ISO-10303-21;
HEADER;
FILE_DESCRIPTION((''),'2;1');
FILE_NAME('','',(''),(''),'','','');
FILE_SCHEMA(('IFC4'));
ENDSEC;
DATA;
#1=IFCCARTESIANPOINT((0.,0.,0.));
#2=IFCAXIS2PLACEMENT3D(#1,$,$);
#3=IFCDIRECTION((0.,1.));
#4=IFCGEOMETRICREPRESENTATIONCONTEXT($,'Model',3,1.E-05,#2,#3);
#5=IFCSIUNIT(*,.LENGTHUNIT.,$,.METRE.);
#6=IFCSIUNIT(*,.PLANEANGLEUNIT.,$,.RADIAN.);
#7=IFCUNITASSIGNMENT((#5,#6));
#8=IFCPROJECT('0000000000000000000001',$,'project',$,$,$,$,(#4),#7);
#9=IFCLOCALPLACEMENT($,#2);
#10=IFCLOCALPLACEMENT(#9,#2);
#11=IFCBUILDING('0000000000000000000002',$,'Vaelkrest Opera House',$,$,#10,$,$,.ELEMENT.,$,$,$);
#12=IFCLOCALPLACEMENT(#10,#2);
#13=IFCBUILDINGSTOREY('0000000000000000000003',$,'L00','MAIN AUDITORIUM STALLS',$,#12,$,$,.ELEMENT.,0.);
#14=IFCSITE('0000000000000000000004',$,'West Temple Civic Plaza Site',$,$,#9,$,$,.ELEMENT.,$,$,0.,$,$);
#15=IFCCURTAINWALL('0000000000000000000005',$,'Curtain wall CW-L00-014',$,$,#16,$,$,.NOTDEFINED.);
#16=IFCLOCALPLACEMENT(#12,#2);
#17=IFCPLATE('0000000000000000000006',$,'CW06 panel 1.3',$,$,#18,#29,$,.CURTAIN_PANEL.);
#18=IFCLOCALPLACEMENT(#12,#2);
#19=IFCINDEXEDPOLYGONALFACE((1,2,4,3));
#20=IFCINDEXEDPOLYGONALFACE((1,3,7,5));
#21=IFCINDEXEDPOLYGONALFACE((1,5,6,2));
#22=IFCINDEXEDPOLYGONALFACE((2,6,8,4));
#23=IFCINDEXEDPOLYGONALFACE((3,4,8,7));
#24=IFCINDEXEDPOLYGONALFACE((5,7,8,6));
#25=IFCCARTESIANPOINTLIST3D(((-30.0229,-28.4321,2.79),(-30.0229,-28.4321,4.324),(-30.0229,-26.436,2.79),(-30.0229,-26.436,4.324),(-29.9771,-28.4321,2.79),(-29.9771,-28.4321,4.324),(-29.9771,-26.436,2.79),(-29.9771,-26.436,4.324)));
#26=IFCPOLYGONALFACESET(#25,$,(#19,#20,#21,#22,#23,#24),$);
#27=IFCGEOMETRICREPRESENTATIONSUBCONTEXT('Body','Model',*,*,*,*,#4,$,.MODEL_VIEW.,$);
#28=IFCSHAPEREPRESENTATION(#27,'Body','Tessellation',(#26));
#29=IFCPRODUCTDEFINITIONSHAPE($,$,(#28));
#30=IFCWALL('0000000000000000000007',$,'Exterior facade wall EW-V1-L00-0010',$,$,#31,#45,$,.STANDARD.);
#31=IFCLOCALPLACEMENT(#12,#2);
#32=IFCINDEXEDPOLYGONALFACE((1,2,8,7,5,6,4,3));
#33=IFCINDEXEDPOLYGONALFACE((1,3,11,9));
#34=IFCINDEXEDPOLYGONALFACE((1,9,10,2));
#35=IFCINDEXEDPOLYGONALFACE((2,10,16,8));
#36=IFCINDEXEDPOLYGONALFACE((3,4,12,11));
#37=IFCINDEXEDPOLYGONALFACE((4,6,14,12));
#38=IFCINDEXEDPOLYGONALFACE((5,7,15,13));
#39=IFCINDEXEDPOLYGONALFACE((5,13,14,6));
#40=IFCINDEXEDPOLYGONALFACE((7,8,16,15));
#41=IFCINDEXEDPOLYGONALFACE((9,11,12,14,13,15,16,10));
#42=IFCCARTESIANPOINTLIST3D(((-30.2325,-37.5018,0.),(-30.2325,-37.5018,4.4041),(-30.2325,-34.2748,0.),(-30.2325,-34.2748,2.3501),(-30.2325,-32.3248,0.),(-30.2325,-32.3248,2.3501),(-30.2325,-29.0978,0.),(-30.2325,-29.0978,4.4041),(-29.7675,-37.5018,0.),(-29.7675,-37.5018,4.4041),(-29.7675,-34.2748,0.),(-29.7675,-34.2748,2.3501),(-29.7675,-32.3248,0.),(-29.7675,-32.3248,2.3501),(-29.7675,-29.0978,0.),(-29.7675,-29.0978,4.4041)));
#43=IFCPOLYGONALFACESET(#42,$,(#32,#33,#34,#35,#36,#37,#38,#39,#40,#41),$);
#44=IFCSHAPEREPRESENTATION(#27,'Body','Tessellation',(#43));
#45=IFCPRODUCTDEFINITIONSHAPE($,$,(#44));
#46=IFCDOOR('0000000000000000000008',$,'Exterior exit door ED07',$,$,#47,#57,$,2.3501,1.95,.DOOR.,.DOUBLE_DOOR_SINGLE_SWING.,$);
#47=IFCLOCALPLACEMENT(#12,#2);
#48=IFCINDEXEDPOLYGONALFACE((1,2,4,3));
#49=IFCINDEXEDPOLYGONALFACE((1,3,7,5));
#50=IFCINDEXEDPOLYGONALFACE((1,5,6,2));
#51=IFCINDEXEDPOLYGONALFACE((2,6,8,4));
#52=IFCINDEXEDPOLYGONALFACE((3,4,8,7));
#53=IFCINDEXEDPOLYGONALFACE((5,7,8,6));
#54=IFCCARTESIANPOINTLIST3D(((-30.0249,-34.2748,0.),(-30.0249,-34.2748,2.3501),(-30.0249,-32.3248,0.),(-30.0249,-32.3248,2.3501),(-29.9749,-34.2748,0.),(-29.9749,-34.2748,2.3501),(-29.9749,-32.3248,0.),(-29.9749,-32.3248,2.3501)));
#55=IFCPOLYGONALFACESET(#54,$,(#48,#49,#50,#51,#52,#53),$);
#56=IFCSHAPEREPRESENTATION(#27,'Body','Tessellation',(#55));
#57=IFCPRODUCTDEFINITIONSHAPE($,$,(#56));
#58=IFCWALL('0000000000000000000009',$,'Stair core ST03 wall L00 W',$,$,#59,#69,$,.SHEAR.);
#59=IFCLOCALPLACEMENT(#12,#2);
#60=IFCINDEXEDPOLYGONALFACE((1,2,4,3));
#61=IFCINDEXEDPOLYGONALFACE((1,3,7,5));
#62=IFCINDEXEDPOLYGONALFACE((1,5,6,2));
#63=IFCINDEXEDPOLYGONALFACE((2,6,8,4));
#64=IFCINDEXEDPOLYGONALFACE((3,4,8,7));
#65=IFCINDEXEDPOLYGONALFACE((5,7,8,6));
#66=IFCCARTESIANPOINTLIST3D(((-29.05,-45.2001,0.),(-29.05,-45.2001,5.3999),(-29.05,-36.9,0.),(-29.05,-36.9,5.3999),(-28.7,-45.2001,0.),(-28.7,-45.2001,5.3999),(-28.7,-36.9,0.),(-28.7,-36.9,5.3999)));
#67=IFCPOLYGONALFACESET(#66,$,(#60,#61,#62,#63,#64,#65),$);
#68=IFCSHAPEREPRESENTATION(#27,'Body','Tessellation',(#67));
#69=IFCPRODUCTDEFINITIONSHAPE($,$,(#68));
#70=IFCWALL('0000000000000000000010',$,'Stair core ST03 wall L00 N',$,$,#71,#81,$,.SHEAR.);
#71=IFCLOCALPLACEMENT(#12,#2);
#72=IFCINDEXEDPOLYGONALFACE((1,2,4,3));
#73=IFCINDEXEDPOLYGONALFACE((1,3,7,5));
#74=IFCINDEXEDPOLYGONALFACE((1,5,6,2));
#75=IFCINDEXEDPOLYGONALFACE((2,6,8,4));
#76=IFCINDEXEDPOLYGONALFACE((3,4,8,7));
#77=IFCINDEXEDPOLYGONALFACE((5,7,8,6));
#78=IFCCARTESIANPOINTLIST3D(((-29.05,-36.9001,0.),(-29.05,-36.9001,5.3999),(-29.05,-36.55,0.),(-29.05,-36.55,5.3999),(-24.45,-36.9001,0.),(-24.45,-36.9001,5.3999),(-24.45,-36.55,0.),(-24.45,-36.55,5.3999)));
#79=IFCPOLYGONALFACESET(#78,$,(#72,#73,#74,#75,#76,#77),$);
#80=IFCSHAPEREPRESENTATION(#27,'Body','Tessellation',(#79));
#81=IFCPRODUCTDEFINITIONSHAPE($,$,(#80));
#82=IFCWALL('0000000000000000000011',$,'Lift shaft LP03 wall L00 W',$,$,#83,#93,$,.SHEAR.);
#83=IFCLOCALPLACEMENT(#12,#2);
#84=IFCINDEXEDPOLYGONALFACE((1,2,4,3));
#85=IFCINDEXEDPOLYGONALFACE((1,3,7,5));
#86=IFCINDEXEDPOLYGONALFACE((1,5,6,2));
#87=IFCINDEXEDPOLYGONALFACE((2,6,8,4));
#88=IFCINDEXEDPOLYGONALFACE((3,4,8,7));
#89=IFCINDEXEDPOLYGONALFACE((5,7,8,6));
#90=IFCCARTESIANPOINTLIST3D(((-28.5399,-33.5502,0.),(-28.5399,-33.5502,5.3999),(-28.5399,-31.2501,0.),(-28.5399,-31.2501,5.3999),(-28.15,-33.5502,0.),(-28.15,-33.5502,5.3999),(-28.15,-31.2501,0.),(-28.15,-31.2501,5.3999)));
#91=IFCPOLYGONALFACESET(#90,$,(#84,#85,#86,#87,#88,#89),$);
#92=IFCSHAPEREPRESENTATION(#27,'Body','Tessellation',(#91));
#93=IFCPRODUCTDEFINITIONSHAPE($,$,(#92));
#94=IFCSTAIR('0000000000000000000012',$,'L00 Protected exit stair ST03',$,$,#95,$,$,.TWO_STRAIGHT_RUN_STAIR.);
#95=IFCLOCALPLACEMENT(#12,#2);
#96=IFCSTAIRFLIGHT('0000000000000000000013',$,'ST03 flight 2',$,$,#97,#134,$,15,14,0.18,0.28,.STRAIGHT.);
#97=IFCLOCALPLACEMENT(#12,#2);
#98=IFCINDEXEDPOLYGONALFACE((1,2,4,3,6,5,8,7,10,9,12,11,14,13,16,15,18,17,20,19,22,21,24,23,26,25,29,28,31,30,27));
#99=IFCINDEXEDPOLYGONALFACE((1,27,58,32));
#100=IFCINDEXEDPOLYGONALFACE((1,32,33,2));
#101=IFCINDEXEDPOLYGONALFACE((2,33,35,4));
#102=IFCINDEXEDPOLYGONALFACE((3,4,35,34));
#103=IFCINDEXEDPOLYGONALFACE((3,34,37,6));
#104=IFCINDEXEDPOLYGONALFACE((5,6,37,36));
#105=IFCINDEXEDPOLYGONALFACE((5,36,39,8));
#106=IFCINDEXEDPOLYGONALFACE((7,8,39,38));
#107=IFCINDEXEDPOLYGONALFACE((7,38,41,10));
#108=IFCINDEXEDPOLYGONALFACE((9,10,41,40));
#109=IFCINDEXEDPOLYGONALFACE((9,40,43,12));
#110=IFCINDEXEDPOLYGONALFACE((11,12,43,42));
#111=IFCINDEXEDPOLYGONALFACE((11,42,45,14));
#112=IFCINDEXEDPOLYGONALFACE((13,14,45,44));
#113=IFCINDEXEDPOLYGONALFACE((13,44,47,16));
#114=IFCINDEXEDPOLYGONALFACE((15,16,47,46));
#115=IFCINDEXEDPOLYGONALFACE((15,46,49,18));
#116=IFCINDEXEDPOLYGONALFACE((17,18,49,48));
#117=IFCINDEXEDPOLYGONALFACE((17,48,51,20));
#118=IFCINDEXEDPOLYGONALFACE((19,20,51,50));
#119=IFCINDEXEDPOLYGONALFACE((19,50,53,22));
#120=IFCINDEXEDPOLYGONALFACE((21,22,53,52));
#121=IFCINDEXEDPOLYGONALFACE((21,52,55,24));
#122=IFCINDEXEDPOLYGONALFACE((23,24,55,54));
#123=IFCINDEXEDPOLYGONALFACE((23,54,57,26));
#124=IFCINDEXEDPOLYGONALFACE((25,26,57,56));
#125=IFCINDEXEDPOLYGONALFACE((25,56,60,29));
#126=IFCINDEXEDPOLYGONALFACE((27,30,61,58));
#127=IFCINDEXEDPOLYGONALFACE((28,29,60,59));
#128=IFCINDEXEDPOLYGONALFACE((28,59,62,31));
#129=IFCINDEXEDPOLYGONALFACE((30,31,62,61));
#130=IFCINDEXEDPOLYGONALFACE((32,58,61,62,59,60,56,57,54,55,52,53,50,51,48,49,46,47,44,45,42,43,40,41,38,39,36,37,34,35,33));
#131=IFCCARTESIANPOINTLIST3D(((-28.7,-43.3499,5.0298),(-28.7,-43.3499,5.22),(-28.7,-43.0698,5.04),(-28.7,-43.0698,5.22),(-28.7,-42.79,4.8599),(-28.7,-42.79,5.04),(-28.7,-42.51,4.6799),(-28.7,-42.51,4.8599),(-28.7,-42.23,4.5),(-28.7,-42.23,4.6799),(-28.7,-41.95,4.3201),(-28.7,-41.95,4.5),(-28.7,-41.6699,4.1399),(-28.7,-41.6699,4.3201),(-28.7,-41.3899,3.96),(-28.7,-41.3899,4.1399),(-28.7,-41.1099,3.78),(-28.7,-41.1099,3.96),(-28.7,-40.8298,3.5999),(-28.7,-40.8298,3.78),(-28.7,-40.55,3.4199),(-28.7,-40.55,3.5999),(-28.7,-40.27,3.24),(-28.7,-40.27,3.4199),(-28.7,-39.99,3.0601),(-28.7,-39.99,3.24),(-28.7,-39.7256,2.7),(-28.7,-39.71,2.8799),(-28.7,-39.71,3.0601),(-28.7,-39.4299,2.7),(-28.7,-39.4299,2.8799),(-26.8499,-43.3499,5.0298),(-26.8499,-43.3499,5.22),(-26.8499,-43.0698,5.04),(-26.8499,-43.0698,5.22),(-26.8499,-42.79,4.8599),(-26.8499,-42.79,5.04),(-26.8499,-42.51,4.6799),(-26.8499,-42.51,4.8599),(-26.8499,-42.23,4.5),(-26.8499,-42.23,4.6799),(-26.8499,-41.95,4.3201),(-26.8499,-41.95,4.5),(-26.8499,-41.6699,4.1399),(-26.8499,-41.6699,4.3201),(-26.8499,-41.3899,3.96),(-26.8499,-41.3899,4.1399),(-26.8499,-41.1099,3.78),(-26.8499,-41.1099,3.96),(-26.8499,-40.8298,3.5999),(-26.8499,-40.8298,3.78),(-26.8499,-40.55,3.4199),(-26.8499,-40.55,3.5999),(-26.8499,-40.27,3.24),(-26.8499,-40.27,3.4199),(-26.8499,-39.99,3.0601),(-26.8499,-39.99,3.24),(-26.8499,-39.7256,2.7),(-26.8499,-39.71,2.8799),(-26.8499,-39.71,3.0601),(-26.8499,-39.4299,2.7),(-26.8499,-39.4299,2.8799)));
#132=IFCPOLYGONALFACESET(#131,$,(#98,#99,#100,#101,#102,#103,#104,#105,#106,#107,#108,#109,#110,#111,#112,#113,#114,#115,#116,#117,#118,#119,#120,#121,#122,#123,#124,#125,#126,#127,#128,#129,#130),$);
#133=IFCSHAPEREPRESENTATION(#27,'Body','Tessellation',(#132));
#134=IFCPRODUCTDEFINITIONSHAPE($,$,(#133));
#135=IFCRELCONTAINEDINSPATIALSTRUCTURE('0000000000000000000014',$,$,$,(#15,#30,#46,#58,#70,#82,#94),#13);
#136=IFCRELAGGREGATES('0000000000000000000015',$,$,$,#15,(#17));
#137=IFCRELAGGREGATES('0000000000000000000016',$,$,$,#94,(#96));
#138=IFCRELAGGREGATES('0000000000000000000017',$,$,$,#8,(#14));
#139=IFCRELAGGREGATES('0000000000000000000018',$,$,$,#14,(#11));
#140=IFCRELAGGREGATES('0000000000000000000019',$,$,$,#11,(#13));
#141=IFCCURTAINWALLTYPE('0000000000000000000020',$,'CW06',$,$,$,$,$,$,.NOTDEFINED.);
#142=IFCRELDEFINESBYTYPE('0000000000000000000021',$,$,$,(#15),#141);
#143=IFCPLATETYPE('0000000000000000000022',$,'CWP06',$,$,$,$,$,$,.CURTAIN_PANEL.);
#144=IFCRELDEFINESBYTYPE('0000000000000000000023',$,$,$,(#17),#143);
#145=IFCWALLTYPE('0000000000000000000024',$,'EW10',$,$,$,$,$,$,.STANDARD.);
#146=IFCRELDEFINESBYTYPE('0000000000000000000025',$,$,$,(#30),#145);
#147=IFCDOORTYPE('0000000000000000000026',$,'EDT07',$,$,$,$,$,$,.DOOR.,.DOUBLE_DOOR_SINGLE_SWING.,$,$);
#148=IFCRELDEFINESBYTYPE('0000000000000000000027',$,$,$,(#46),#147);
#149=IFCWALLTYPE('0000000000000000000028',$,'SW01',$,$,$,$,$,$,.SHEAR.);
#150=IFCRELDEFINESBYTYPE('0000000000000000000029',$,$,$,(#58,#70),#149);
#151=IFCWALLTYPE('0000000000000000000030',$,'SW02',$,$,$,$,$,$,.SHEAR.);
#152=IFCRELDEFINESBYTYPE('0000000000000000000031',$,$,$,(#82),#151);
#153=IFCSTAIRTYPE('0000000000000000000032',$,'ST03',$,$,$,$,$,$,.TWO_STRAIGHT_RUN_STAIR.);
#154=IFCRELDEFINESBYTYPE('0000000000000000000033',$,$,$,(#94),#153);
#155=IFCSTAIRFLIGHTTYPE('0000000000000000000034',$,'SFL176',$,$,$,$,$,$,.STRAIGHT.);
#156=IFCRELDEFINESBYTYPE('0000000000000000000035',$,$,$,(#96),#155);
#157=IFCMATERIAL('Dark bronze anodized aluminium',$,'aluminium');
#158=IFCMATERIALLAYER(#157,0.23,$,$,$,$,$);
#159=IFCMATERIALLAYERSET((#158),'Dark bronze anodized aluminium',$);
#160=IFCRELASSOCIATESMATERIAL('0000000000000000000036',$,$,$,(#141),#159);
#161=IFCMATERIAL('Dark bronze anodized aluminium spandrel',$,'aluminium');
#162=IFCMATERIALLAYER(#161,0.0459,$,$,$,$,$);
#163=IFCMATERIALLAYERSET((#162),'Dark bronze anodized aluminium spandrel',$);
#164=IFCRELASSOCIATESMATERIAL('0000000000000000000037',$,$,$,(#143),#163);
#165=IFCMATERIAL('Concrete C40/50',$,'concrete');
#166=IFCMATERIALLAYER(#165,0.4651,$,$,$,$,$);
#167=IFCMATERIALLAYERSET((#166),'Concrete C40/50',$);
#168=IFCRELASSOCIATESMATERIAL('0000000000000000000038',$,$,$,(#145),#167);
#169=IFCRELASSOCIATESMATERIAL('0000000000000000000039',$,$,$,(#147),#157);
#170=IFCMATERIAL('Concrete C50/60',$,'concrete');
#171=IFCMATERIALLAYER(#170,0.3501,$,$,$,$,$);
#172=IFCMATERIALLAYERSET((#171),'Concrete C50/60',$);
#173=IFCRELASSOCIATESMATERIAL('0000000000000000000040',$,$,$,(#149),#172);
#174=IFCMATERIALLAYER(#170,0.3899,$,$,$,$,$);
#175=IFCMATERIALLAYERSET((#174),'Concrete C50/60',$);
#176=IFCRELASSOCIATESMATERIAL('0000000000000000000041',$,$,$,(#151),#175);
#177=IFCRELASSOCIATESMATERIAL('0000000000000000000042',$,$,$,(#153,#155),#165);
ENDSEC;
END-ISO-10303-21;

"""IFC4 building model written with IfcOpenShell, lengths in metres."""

from ifc_helpers import new_model, si_unit, direction, frame, frame_2d, origin, origin_2d, place, context, subcontext, project, spatial, polyline, rectangle, outline, extrude, material, layer, layer_set, type_object, element, fill, aggregate, save


model = new_model("IFC4")

# Units and contexts
model_context = context("Model", 3, precision=1e-05, world=origin(), true_north=direction((0.0, 1.0)))
body_context = subcontext(model_context, "Body", "Model", "MODEL_VIEW")
ifc_project = project(units=[si_unit("LENGTHUNIT", "METRE"), si_unit("PLANEANGLEUNIT", "RADIAN")], contexts=[model_context])

# Site, building, storey
site_placement = place(None, origin())
site = spatial("IfcSite", under=ifc_project, at=site_placement, Name="West Temple Civic Plaza Site", CompositionType="ELEMENT", RefElevation=0.0)
building_placement = place(site_placement, origin())
building = spatial("IfcBuilding", under=site, at=building_placement, Name="Vaelkrest Opera House", CompositionType="ELEMENT")
storey_placement = place(building_placement, origin())
storey = spatial("IfcBuildingStorey", under=building, at=storey_placement, Name="L00", Description="MAIN AUDITORIUM STALLS", CompositionType="ELEMENT", Elevation=0.0)

# Shared definitions
ifc_material_1 = material(Name="Concrete C50/60", Category="concrete")

# Curtain wall
ifc_material_2 = material(Name="Dark bronze anodized aluminium", Category="aluminium")
ifc_layer_1 = layer(ifc_material_2, 0.23)
ifc_layer_set_1 = layer_set([ifc_layer_1], Name="Dark bronze anodized aluminium")
curtain_wall_type = type_object("IfcCurtainWallType", Name="CW06", PredefinedType="NOTDEFINED", material=ifc_layer_set_1)
curtain_wall_placement = place(storey_placement, origin())
curtain_wall = element("IfcCurtainWall", 1, at=curtain_wall_placement, inside=storey, type_object=curtain_wall_type, Name="Curtain wall CW-L00-014", PredefinedType="NOTDEFINED")

# Plate
ifc_material_3 = material(Name="Dark bronze anodized aluminium spandrel", Category="aluminium")
ifc_layer_2 = layer(ifc_material_3, 0.0459)
ifc_layer_set_2 = layer_set([ifc_layer_2], Name="Dark bronze anodized aluminium spandrel")
plate_type = type_object("IfcPlateType", Name="CWP06", PredefinedType="CURTAIN_PANEL", material=ifc_layer_set_2)
plate_1_placement = place(storey_placement, frame((-30.0, -27.4341, 2.79), z_axis=(0.0, 0.0, 1.0), x_axis=(0.0, 1.0, 0.0)))
plate_1 = element("IfcPlate", 2, at=plate_1_placement, type_object=plate_type, Name="CW06 panel 1.3", PredefinedType="CURTAIN_PANEL", context=body_context, shape_type="SweptSolid", body=[
    extrude(rectangle(XDim=1.9961, YDim=0.0459, at=origin_2d()), origin(), (0.0, 0.0, 1.0), 1.5339),
])
aggregate(curtain_wall, [plate_1])

# Wall, opening, door
ifc_material_4 = material(Name="Concrete C40/50", Category="concrete")
ifc_layer_3 = layer(ifc_material_4, 0.4651)
ifc_layer_set_3 = layer_set([ifc_layer_3], Name="Concrete C40/50")
wall_type_1 = type_object("IfcWallType", Name="EW10", PredefinedType="STANDARD", material=ifc_layer_set_3)
wall_1_placement = place(storey_placement, frame((-30.0, -37.502, 0.0), z_axis=(0.0, 0.0, 1.0), x_axis=(0.0, 1.0, 0.0)))
wall_1 = element("IfcWall", 3, at=wall_1_placement, inside=storey, type_object=wall_type_1, Name="Exterior facade wall EW-V1-L00-0010", PredefinedType="STANDARD", context=body_context, shape_type="SweptSolid", body=[
    extrude(rectangle(XDim=8.4041, YDim=0.4651, at=frame_2d((4.2021, 0.0))), origin(), (0.0, 0.0, 1.0), 4.4041),
])
opening_1_placement = place(wall_1_placement, frame((3.2271, 0.0, 0.0)))
opening_1 = element("IfcOpeningElement", 4, at=opening_1_placement, cuts=wall_1, PredefinedType="OPENING", context=body_context, shape_type="SweptSolid", body=[
    extrude(rectangle(XDim=1.95, YDim=2.3501, at=frame_2d((0.9751, 1.175))), frame((0.0, 0.2424, 0.0), z_axis=(0.0, -1.0, 0.0), x_axis=(1.0, 0.0, 0.0)), (0.0, 0.0, 1.0), 0.4851),
])
door_type_1 = type_object("IfcDoorType", Name="EDT07", OperationType="DOUBLE_DOOR_SINGLE_SWING", PredefinedType="DOOR", material=ifc_material_2)
door_1_placement = place(opening_1_placement, origin())
door_1 = element("IfcDoor", 5, at=door_1_placement, inside=storey, type_object=door_type_1, Name="Exterior exit door ED07", OperationType="DOUBLE_DOOR_SINGLE_SWING", OverallHeight=2.3501, OverallWidth=1.95, PredefinedType="DOOR", context=body_context, shape_type="SweptSolid", body=[
    extrude(rectangle(XDim=1.95, YDim=2.3501, at=frame_2d((0.9751, 1.175))), frame((0.0, 0.0249, 0.0), z_axis=(0.0, -1.0, 0.0), x_axis=(1.0, 0.0, 0.0)), (0.0, 0.0, 1.0), 0.05),
])
fill(opening_1, door_1)

# Walls
ifc_layer_4 = layer(ifc_material_1, 0.3501)
ifc_layer_set_4 = layer_set([ifc_layer_4], Name="Concrete C50/60")
wall_type_2 = type_object("IfcWallType", Name="SW01", PredefinedType="SHEAR", material=ifc_layer_set_4)
wall_2_placement = place(storey_placement, frame((-28.875, -45.2, 0.0), z_axis=(0.0, 0.0, 1.0), x_axis=(0.0, 1.0, 0.0)))
element("IfcWall", 6, at=wall_2_placement, inside=storey, type_object=wall_type_2, Name="Stair core ST03 wall L00 W", PredefinedType="SHEAR", context=body_context, shape_type="SweptSolid", body=[
    extrude(rectangle(XDim=8.3, YDim=0.3501, at=frame_2d((4.1499, 0.0))), origin(), (0.0, 0.0, 1.0), 5.3999),
])
wall_3_placement = place(storey_placement, frame((-29.05, -36.7251, 0.0), z_axis=(0.0, 0.0, 1.0), x_axis=(1.0, 0.0, 0.0)))
element("IfcWall", 7, at=wall_3_placement, inside=storey, type_object=wall_type_2, Name="Stair core ST03 wall L00 N", PredefinedType="SHEAR", context=body_context, shape_type="SweptSolid", body=[
    extrude(rectangle(XDim=4.6001, YDim=0.3501, at=frame_2d((2.3, 0.0))), origin(), (0.0, 0.0, 1.0), 5.3999),
])

# Shared definitions
ifc_layer_5 = layer(ifc_material_1, 0.3899)
ifc_layer_set_5 = layer_set([ifc_layer_5], Name="Concrete C50/60")
wall_type_3 = type_object("IfcWallType", Name="SW02", PredefinedType="SHEAR", material=ifc_layer_set_5)

# Wall
wall_4_placement = place(storey_placement, frame((-28.345, -33.55, 0.0), z_axis=(0.0, 0.0, 1.0), x_axis=(0.0, 1.0, 0.0)))
element("IfcWall", 8, at=wall_4_placement, inside=storey, type_object=wall_type_3, Name="Lift shaft LP03 wall L00 W", PredefinedType="SHEAR", context=body_context, shape_type="SweptSolid", body=[
    extrude(rectangle(XDim=2.3, YDim=0.3899, at=frame_2d((1.1499, 0.0))), origin(), (0.0, 0.0, 1.0), 5.3999),
])

# Stair, stair flight
stair_type = type_object("IfcStairType", Name="ST03", PredefinedType="TWO_STRAIGHT_RUN_STAIR", material=ifc_material_4)
stair_placement = place(storey_placement, origin())
stair = element("IfcStair", 9, at=stair_placement, inside=storey, type_object=stair_type, Name="L00 Protected exit stair ST03", PredefinedType="TWO_STRAIGHT_RUN_STAIR")
stair_flight_type = type_object("IfcStairFlightType", Name="SFL176", PredefinedType="STRAIGHT", material=ifc_material_4)
stair_flight_placement = place(storey_placement, frame((-27.7749, -39.4299, 2.7), z_axis=(0.0, 0.0, 1.0), x_axis=(0.0, -1.0, 0.0)))
stair_flight = element("IfcStairFlight", 10, at=stair_flight_placement, type_object=stair_flight_type, Name="ST03 flight 2", NumberOfRisers=15, NumberOfTreads=14, PredefinedType="STRAIGHT", RiserHeight=0.18, TreadLength=0.28, context=body_context, shape_type="SweptSolid", body=[
    extrude(outline(polyline([(0.0, 0.0), (0.0, 0.1799), (0.28, 0.1799), (0.28, 0.3601), (0.5601, 0.3601), (0.5601, 0.54), (0.8401, 0.54), (0.8401, 0.72), (1.1201, 0.72), (1.1201, 0.8999), (1.3999, 0.8999), (1.3999, 1.0801), (1.6799, 1.0801), (1.6799, 1.26), (1.96, 1.26), (1.96, 1.4399), (2.24, 1.4399), (2.24, 1.6201), (2.52, 1.6201), (2.52, 1.8), (2.8, 1.8), (2.8, 1.98), (3.0801, 1.98), (3.0801, 2.1599), (3.3601, 2.1599), (3.3601, 2.3401), (3.6399, 2.3401), (3.6399, 2.52), (3.9199, 2.52), (3.9199, 2.7), (3.9199, 2.3298), (0.2957, 0.0), (0.0, 0.0)])), frame((0.0, 0.925, 0.0), z_axis=(0.0, -1.0, 0.0), x_axis=(1.0, 0.0, 0.0)), (0.0, 0.0, 1.0), 1.8501),
])
aggregate(stair, [stair_flight])

save(model, "model.ifc")
